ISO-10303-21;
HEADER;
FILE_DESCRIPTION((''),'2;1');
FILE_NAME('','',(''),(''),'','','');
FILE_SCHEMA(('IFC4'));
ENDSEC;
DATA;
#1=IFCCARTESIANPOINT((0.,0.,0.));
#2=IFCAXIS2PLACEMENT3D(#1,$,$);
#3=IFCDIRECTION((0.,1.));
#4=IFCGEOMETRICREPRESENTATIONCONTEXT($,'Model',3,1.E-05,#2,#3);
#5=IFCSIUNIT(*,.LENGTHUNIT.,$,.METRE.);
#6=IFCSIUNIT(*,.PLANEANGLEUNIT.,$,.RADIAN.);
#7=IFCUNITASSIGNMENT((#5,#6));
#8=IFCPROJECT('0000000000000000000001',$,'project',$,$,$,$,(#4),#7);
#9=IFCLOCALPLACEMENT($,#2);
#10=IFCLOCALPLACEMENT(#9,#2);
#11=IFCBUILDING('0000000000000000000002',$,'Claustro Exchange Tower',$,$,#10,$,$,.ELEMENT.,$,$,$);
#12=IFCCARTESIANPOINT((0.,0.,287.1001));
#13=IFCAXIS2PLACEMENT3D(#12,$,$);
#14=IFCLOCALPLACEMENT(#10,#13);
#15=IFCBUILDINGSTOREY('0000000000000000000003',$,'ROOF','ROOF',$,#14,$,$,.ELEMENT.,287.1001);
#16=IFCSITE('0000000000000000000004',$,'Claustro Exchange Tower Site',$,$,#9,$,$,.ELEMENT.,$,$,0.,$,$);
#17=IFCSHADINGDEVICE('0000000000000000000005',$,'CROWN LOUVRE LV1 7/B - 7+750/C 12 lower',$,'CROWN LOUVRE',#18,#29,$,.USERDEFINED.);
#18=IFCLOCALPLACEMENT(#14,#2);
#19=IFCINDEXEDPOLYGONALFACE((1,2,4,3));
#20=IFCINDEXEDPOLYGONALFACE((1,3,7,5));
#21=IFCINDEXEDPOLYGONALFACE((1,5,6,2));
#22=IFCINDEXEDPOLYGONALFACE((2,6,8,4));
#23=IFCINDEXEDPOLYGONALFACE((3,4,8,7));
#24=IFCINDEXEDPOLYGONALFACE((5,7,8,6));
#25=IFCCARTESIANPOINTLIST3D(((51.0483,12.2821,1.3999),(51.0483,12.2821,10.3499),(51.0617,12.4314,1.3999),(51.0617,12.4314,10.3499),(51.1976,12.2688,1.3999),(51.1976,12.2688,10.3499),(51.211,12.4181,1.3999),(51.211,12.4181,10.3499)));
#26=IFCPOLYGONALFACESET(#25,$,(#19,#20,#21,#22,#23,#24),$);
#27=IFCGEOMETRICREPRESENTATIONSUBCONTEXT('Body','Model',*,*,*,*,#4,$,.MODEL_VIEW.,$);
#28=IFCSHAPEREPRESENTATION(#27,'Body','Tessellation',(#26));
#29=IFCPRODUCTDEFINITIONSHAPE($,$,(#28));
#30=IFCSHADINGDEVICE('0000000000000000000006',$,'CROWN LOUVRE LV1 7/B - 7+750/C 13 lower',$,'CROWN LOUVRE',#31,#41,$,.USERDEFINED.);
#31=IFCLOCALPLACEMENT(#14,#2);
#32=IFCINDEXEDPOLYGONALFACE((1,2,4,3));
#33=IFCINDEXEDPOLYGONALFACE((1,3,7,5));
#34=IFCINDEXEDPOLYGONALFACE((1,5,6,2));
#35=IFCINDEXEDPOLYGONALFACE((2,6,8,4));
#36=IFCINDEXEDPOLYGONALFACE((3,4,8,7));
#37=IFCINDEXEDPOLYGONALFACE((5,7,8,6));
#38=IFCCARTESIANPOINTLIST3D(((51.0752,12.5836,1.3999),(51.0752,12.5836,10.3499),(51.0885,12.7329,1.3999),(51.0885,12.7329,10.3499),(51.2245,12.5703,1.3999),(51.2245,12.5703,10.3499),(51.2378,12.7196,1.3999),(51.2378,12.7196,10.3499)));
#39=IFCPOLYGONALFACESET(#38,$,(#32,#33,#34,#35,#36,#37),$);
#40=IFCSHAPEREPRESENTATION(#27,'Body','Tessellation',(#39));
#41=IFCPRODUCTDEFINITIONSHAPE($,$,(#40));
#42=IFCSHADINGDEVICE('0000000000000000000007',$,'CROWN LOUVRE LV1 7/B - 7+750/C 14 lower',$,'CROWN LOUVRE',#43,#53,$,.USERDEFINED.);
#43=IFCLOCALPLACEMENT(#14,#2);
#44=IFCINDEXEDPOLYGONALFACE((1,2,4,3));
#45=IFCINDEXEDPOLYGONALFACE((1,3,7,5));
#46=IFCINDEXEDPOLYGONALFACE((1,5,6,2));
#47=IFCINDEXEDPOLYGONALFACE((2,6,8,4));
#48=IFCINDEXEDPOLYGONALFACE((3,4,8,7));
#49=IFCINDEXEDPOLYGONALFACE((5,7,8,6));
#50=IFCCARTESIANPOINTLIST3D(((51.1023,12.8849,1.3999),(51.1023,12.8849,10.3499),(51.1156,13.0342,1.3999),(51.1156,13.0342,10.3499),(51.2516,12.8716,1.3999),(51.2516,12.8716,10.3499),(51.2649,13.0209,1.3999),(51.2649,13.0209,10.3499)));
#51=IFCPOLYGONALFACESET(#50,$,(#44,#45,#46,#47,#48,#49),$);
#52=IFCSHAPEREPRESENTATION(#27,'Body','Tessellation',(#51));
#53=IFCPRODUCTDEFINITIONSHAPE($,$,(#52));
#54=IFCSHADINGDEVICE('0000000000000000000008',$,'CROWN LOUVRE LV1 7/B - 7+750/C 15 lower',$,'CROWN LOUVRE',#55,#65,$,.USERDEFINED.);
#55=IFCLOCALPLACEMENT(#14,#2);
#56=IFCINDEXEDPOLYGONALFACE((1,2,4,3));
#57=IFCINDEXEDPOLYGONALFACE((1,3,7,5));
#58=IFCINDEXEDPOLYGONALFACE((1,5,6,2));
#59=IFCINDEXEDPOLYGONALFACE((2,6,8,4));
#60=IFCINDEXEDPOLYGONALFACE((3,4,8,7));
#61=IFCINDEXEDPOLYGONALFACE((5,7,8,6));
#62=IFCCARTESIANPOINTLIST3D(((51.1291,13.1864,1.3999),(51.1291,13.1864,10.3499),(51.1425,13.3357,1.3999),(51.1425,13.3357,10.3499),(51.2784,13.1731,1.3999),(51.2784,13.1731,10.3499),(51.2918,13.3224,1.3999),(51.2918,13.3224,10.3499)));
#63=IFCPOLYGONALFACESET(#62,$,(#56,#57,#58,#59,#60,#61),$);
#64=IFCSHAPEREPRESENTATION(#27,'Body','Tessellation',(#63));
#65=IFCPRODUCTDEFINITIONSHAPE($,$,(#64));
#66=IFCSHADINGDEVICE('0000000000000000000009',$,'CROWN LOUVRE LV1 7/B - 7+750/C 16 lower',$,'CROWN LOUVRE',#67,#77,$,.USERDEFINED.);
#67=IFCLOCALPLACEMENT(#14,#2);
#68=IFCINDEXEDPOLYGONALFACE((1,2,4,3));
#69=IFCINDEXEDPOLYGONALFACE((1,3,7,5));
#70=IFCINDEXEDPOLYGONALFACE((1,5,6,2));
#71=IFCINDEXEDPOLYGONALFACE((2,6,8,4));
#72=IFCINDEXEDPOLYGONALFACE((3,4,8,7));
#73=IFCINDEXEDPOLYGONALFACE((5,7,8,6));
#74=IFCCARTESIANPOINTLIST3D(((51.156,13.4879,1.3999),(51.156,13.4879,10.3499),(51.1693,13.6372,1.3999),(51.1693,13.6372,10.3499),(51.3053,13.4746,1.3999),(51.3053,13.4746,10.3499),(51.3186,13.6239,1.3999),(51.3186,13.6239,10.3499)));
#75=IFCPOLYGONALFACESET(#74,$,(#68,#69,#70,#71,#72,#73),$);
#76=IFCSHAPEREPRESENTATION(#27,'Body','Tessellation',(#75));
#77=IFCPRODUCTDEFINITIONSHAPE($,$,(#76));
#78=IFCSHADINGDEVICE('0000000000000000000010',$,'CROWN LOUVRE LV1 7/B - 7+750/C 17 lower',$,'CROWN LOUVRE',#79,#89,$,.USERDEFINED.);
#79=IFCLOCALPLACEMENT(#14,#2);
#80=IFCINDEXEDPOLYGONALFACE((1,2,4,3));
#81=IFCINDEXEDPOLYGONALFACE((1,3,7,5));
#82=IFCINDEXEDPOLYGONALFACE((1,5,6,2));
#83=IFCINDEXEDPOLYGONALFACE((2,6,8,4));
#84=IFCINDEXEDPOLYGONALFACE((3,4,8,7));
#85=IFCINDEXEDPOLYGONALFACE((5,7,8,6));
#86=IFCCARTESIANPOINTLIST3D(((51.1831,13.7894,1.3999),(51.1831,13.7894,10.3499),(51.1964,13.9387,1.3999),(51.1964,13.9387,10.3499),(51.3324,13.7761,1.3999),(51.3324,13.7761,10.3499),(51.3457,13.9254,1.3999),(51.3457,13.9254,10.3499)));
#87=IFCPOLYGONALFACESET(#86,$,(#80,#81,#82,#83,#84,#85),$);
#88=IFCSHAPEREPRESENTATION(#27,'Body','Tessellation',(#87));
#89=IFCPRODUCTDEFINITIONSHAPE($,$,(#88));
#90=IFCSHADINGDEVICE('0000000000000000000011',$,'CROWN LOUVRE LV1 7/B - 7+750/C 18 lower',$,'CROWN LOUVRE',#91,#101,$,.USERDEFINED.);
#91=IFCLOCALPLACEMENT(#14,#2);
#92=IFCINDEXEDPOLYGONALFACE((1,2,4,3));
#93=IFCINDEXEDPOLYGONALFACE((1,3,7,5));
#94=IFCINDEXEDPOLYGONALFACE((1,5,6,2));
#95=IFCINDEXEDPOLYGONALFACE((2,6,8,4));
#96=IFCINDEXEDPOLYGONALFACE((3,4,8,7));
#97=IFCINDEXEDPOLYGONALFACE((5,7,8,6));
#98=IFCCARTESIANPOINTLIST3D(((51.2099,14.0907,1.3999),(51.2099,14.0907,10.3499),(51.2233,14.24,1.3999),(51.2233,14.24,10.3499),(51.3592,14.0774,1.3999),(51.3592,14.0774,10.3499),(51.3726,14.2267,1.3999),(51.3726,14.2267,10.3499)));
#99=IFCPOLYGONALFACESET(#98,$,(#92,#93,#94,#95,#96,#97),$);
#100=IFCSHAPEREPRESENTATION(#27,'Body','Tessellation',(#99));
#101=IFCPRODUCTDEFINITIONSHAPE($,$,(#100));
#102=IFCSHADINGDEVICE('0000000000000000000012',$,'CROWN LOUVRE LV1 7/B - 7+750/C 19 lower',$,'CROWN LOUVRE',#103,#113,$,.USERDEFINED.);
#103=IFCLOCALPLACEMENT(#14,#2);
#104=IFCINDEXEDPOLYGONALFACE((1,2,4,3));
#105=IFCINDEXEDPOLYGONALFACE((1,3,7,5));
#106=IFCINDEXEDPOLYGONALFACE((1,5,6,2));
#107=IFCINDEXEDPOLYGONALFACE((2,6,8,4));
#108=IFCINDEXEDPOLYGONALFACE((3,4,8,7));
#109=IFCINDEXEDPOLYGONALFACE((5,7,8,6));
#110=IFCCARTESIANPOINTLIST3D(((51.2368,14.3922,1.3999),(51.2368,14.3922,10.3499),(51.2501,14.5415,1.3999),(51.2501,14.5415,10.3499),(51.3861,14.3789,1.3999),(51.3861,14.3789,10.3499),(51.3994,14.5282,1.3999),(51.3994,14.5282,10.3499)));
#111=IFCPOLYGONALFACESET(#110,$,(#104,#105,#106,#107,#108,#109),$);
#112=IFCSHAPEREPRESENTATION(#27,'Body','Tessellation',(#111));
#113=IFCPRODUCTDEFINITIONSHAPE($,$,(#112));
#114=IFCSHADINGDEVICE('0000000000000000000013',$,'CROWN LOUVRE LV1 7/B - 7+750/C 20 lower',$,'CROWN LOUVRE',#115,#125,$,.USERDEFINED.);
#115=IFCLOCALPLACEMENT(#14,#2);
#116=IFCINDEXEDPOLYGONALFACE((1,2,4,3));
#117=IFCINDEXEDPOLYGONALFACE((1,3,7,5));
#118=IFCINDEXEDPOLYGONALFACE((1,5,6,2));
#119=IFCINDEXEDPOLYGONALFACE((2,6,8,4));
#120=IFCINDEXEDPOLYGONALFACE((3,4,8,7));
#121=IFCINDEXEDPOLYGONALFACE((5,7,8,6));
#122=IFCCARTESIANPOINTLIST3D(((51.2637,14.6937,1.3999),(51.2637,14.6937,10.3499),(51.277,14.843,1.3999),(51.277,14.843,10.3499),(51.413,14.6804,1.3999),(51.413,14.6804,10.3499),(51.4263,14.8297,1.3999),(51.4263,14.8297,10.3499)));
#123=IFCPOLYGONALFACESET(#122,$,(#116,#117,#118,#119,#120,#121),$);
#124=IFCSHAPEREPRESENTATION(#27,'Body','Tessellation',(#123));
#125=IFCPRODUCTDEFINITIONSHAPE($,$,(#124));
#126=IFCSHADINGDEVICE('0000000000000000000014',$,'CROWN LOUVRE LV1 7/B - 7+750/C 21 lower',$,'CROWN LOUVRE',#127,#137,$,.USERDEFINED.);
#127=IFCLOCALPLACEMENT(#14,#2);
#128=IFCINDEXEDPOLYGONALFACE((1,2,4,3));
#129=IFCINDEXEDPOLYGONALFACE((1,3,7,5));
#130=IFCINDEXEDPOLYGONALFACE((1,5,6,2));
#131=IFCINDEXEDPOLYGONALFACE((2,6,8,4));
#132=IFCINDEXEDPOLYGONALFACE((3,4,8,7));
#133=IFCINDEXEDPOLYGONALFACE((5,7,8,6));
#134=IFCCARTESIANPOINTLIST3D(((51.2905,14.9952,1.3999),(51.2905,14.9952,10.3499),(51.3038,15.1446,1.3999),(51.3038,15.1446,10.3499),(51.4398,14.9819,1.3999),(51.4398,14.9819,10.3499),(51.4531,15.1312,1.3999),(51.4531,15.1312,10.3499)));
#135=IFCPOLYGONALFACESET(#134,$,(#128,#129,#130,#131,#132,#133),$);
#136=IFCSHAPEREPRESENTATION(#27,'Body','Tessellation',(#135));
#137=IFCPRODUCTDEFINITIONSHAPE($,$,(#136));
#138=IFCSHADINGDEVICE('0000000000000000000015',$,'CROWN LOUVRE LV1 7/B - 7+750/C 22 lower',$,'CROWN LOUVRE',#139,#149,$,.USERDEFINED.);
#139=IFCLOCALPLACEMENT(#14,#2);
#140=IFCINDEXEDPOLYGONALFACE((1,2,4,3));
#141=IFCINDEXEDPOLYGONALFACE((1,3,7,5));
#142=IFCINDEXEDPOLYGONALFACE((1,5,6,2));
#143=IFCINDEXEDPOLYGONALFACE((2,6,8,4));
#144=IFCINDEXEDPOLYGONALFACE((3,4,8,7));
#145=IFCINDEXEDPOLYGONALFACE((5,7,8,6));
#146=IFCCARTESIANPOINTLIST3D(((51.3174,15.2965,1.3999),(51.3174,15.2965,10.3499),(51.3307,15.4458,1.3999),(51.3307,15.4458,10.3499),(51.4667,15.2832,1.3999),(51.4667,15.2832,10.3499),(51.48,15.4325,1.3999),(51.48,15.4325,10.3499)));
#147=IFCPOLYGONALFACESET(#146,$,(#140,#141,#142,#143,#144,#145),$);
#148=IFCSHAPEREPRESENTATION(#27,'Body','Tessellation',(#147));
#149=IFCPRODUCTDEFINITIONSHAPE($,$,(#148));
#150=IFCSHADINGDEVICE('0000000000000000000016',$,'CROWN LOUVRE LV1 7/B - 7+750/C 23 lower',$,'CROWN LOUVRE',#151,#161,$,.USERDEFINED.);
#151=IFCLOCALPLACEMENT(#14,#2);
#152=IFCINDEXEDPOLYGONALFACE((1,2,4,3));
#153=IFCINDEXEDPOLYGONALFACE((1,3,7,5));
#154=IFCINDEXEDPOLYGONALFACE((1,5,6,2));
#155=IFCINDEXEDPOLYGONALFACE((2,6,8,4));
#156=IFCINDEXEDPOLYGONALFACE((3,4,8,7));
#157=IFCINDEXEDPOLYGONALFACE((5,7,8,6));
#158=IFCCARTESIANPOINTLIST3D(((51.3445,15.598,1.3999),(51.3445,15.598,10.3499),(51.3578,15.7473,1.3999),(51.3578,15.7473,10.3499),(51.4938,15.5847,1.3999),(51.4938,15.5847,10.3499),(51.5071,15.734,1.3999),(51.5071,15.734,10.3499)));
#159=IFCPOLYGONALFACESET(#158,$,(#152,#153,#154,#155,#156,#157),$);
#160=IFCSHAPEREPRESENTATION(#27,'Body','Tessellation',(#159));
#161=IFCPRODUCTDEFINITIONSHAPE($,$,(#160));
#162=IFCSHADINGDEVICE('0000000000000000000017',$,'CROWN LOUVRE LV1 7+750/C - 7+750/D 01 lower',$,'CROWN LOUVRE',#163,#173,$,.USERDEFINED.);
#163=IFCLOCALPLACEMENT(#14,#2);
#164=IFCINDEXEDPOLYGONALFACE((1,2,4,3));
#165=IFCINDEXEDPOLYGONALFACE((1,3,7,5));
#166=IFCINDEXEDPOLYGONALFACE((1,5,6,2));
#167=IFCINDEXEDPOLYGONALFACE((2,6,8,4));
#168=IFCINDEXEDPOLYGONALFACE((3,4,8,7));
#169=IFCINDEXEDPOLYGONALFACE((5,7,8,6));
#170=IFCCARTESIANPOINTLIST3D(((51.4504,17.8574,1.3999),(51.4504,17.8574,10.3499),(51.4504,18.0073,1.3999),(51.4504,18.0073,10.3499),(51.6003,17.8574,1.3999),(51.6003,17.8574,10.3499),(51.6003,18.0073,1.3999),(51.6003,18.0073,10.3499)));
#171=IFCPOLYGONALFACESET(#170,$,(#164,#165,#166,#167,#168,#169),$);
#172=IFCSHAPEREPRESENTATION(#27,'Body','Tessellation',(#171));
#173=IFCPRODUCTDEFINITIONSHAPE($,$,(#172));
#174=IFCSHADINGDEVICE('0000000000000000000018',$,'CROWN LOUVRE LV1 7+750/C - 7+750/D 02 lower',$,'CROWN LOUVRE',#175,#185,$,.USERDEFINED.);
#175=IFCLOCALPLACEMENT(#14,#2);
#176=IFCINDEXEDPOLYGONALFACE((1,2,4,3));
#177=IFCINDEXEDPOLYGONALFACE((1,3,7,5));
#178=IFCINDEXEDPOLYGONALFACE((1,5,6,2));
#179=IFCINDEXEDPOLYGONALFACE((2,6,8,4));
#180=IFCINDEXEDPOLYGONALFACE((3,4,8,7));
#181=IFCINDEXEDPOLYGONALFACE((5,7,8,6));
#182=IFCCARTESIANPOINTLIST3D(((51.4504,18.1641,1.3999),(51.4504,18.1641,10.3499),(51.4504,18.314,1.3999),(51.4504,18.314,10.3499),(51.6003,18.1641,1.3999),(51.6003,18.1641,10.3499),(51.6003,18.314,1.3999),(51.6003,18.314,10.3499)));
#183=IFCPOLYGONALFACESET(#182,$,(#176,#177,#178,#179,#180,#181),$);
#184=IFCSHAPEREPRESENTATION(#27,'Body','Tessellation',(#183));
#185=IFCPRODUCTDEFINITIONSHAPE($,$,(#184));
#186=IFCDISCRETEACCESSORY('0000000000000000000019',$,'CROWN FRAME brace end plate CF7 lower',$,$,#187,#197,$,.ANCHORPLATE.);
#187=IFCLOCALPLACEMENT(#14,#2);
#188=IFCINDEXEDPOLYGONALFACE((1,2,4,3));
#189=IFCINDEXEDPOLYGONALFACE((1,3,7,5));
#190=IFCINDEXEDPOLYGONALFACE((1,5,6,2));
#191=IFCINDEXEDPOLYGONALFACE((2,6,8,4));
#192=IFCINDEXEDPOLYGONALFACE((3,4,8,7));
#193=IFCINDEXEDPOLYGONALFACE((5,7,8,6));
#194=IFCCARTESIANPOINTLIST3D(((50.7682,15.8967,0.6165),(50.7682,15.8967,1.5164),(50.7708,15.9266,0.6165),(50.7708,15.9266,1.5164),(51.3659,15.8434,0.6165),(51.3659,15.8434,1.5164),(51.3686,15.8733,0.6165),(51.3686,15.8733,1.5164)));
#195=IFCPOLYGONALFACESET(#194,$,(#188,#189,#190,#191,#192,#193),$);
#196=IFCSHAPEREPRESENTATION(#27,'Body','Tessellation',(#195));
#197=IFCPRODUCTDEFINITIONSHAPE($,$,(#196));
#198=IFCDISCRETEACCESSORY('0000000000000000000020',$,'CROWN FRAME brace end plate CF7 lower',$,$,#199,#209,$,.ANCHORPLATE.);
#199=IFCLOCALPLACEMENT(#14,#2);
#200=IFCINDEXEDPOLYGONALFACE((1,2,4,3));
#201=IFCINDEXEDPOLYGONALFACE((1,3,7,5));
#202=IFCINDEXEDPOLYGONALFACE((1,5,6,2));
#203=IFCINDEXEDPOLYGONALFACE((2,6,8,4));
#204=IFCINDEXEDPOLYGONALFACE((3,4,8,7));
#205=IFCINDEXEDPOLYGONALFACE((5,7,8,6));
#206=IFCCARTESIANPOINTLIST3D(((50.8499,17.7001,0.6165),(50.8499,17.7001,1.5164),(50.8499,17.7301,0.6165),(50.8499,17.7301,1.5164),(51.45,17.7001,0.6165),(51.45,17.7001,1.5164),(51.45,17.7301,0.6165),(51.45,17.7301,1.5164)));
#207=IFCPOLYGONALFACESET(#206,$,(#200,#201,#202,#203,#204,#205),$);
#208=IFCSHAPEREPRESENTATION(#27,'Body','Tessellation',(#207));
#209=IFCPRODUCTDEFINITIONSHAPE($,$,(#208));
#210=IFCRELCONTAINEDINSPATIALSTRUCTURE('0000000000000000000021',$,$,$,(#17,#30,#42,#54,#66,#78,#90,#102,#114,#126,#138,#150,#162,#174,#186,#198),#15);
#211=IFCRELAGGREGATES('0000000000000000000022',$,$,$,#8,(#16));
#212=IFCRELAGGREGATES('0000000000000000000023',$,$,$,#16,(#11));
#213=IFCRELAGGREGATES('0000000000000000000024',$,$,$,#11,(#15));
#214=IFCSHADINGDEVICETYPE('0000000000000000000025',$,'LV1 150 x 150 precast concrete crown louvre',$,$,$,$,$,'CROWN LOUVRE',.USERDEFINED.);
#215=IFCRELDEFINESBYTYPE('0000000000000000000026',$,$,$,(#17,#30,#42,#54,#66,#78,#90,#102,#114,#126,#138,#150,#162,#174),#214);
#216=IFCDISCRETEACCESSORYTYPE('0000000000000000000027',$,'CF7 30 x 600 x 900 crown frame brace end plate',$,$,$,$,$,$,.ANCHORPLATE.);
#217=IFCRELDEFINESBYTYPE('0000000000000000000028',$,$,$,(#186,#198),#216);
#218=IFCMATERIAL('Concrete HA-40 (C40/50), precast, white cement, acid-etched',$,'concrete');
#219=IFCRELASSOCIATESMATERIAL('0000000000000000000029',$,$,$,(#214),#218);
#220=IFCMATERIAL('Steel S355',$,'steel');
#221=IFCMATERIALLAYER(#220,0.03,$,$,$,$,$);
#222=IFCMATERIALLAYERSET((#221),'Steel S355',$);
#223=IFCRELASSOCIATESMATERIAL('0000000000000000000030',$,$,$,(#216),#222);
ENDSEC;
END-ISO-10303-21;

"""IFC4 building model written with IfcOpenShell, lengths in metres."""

from ifc_helpers import new_model, si_unit, direction, frame, origin, origin_2d, place, context, subcontext, project, spatial, rectangle, extrude, material, layer, layer_set, type_object, element, save


model = new_model("IFC4")

# Units and contexts
model_context = context("Model", 3, precision=1e-05, world=origin(), true_north=direction((0.0, 1.0)))
body_context = subcontext(model_context, "Body", "Model", "MODEL_VIEW")
ifc_project = project(units=[si_unit("LENGTHUNIT", "METRE"), si_unit("PLANEANGLEUNIT", "RADIAN")], contexts=[model_context])

# Site, building, storey
site_placement = place(None, origin())
site = spatial("IfcSite", under=ifc_project, at=site_placement, Name="Claustro Exchange Tower Site", CompositionType="ELEMENT", RefElevation=0.0)
building_placement = place(site_placement, origin())
building = spatial("IfcBuilding", under=site, at=building_placement, Name="Claustro Exchange Tower", CompositionType="ELEMENT")
storey_placement = place(building_placement, frame((0.0, 0.0, 287.1001)))
storey = spatial("IfcBuildingStorey", under=building, at=storey_placement, Name="ROOF", Description="ROOF", CompositionType="ELEMENT", Elevation=287.1001)

# Shading devices
ifc_material_1 = material(Name="Concrete HA-40 (C40/50), precast, white cement, acid-etched", Category="concrete")
shading_device_type = type_object("IfcShadingDeviceType", Name="LV1 150 x 150 precast concrete crown louvre", ElementType="CROWN LOUVRE", PredefinedType="USERDEFINED", material=ifc_material_1)
for number, where, z_axis, x_axis, name in (
    (1, (51.1296, 12.3501, 1.3999), (0.0, 0.0, 1.0), (0.088933, 0.996038, 0.0), "CROWN LOUVRE LV1 7/B - 7+750/C 12 lower"),
    (2, (51.1565, 12.6516, 1.3999), (0.0, 0.0, 1.0), (0.088933, 0.996038, 0.0), "CROWN LOUVRE LV1 7/B - 7+750/C 13 lower"),
    (3, (51.1836, 12.9529, 1.3999), (0.0, 0.0, 1.0), (0.088933, 0.996038, 0.0), "CROWN LOUVRE LV1 7/B - 7+750/C 14 lower"),
    (4, (51.2104, 13.2544, 1.3999), (0.0, 0.0, 1.0), (0.088933, 0.996038, 0.0), "CROWN LOUVRE LV1 7/B - 7+750/C 15 lower"),
    (5, (51.2373, 13.5559, 1.3999), (0.0, 0.0, 1.0), (0.088933, 0.996038, 0.0), "CROWN LOUVRE LV1 7/B - 7+750/C 16 lower"),
    (6, (51.2644, 13.8574, 1.3999), (0.0, 0.0, 1.0), (0.088933, 0.996038, 0.0), "CROWN LOUVRE LV1 7/B - 7+750/C 17 lower"),
    (7, (51.2913, 14.1587, 1.3999), (0.0, 0.0, 1.0), (0.088933, 0.996038, 0.0), "CROWN LOUVRE LV1 7/B - 7+750/C 18 lower"),
    (8, (51.3181, 14.4602, 1.3999), (0.0, 0.0, 1.0), (0.088933, 0.996038, 0.0), "CROWN LOUVRE LV1 7/B - 7+750/C 19 lower"),
    (9, (51.345, 14.7617, 1.3999), (0.0, 0.0, 1.0), (0.088933, 0.996038, 0.0), "CROWN LOUVRE LV1 7/B - 7+750/C 20 lower"),
    (10, (51.3718, 15.0632, 1.3999), (0.0, 0.0, 1.0), (0.088933, 0.996038, 0.0), "CROWN LOUVRE LV1 7/B - 7+750/C 21 lower"),
    (11, (51.3987, 15.3645, 1.3999), (0.0, 0.0, 1.0), (0.088933, 0.996038, 0.0), "CROWN LOUVRE LV1 7/B - 7+750/C 22 lower"),
    (12, (51.4258, 15.666, 1.3999), (0.0, 0.0, 1.0), (0.088933, 0.996038, 0.0), "CROWN LOUVRE LV1 7/B - 7+750/C 23 lower"),
    (13, (51.5254, 17.9324, 1.3999), (0.0, 0.0, 1.0), (0.0, 1.0, 0.0), "CROWN LOUVRE LV1 7+750/C - 7+750/D 01 lower"),
    (14, (51.5254, 18.239, 1.3999), (0.0, 0.0, 1.0), (0.0, 1.0, 0.0), "CROWN LOUVRE LV1 7+750/C - 7+750/D 02 lower"),
):
    element("IfcShadingDevice", number, at=place(storey_placement, frame(where, z_axis=z_axis, x_axis=x_axis)), inside=storey, type_object=shading_device_type, Name=name, ObjectType="CROWN LOUVRE", PredefinedType="USERDEFINED", context=body_context, shape_type="SweptSolid", body=[
        extrude(rectangle(XDim=0.1499, YDim=0.1499, at=origin_2d()), origin(), (0.0, 0.0, 1.0), 8.95),
    ])

# Discrete accessories
ifc_material_2 = material(Name="Steel S355", Category="steel")
ifc_layer_1 = layer(ifc_material_2, 0.03)
ifc_layer_set_1 = layer_set([ifc_layer_1], Name="Steel S355")
discrete_accessory_type = type_object("IfcDiscreteAccessoryType", Name="CF7 30 x 600 x 900 crown frame brace end plate", PredefinedType="ANCHORPLATE", material=ifc_layer_set_1)
for number, where, z_axis, x_axis, name in (
    (15, (51.0684, 15.885, 0.6165), (0.0, 0.0, 1.0), (-0.088933, -0.996038, 0.0), "CROWN FRAME brace end plate CF7 lower"),
    (16, (51.1499, 17.7151, 0.6165), (0.0, 0.0, 1.0), (0.0, 1.0, 0.0), "CROWN FRAME brace end plate CF7 lower"),
):
    element("IfcDiscreteAccessory", number, at=place(storey_placement, frame(where, z_axis=z_axis, x_axis=x_axis)), inside=storey, type_object=discrete_accessory_type, Name=name, PredefinedType="ANCHORPLATE", context=body_context, shape_type="SweptSolid", body=[
        extrude(rectangle(XDim=0.03, YDim=0.6001, at=origin_2d()), origin(), (0.0, 0.0, 1.0), 0.8999),
    ])

save(model, "model.ifc")
